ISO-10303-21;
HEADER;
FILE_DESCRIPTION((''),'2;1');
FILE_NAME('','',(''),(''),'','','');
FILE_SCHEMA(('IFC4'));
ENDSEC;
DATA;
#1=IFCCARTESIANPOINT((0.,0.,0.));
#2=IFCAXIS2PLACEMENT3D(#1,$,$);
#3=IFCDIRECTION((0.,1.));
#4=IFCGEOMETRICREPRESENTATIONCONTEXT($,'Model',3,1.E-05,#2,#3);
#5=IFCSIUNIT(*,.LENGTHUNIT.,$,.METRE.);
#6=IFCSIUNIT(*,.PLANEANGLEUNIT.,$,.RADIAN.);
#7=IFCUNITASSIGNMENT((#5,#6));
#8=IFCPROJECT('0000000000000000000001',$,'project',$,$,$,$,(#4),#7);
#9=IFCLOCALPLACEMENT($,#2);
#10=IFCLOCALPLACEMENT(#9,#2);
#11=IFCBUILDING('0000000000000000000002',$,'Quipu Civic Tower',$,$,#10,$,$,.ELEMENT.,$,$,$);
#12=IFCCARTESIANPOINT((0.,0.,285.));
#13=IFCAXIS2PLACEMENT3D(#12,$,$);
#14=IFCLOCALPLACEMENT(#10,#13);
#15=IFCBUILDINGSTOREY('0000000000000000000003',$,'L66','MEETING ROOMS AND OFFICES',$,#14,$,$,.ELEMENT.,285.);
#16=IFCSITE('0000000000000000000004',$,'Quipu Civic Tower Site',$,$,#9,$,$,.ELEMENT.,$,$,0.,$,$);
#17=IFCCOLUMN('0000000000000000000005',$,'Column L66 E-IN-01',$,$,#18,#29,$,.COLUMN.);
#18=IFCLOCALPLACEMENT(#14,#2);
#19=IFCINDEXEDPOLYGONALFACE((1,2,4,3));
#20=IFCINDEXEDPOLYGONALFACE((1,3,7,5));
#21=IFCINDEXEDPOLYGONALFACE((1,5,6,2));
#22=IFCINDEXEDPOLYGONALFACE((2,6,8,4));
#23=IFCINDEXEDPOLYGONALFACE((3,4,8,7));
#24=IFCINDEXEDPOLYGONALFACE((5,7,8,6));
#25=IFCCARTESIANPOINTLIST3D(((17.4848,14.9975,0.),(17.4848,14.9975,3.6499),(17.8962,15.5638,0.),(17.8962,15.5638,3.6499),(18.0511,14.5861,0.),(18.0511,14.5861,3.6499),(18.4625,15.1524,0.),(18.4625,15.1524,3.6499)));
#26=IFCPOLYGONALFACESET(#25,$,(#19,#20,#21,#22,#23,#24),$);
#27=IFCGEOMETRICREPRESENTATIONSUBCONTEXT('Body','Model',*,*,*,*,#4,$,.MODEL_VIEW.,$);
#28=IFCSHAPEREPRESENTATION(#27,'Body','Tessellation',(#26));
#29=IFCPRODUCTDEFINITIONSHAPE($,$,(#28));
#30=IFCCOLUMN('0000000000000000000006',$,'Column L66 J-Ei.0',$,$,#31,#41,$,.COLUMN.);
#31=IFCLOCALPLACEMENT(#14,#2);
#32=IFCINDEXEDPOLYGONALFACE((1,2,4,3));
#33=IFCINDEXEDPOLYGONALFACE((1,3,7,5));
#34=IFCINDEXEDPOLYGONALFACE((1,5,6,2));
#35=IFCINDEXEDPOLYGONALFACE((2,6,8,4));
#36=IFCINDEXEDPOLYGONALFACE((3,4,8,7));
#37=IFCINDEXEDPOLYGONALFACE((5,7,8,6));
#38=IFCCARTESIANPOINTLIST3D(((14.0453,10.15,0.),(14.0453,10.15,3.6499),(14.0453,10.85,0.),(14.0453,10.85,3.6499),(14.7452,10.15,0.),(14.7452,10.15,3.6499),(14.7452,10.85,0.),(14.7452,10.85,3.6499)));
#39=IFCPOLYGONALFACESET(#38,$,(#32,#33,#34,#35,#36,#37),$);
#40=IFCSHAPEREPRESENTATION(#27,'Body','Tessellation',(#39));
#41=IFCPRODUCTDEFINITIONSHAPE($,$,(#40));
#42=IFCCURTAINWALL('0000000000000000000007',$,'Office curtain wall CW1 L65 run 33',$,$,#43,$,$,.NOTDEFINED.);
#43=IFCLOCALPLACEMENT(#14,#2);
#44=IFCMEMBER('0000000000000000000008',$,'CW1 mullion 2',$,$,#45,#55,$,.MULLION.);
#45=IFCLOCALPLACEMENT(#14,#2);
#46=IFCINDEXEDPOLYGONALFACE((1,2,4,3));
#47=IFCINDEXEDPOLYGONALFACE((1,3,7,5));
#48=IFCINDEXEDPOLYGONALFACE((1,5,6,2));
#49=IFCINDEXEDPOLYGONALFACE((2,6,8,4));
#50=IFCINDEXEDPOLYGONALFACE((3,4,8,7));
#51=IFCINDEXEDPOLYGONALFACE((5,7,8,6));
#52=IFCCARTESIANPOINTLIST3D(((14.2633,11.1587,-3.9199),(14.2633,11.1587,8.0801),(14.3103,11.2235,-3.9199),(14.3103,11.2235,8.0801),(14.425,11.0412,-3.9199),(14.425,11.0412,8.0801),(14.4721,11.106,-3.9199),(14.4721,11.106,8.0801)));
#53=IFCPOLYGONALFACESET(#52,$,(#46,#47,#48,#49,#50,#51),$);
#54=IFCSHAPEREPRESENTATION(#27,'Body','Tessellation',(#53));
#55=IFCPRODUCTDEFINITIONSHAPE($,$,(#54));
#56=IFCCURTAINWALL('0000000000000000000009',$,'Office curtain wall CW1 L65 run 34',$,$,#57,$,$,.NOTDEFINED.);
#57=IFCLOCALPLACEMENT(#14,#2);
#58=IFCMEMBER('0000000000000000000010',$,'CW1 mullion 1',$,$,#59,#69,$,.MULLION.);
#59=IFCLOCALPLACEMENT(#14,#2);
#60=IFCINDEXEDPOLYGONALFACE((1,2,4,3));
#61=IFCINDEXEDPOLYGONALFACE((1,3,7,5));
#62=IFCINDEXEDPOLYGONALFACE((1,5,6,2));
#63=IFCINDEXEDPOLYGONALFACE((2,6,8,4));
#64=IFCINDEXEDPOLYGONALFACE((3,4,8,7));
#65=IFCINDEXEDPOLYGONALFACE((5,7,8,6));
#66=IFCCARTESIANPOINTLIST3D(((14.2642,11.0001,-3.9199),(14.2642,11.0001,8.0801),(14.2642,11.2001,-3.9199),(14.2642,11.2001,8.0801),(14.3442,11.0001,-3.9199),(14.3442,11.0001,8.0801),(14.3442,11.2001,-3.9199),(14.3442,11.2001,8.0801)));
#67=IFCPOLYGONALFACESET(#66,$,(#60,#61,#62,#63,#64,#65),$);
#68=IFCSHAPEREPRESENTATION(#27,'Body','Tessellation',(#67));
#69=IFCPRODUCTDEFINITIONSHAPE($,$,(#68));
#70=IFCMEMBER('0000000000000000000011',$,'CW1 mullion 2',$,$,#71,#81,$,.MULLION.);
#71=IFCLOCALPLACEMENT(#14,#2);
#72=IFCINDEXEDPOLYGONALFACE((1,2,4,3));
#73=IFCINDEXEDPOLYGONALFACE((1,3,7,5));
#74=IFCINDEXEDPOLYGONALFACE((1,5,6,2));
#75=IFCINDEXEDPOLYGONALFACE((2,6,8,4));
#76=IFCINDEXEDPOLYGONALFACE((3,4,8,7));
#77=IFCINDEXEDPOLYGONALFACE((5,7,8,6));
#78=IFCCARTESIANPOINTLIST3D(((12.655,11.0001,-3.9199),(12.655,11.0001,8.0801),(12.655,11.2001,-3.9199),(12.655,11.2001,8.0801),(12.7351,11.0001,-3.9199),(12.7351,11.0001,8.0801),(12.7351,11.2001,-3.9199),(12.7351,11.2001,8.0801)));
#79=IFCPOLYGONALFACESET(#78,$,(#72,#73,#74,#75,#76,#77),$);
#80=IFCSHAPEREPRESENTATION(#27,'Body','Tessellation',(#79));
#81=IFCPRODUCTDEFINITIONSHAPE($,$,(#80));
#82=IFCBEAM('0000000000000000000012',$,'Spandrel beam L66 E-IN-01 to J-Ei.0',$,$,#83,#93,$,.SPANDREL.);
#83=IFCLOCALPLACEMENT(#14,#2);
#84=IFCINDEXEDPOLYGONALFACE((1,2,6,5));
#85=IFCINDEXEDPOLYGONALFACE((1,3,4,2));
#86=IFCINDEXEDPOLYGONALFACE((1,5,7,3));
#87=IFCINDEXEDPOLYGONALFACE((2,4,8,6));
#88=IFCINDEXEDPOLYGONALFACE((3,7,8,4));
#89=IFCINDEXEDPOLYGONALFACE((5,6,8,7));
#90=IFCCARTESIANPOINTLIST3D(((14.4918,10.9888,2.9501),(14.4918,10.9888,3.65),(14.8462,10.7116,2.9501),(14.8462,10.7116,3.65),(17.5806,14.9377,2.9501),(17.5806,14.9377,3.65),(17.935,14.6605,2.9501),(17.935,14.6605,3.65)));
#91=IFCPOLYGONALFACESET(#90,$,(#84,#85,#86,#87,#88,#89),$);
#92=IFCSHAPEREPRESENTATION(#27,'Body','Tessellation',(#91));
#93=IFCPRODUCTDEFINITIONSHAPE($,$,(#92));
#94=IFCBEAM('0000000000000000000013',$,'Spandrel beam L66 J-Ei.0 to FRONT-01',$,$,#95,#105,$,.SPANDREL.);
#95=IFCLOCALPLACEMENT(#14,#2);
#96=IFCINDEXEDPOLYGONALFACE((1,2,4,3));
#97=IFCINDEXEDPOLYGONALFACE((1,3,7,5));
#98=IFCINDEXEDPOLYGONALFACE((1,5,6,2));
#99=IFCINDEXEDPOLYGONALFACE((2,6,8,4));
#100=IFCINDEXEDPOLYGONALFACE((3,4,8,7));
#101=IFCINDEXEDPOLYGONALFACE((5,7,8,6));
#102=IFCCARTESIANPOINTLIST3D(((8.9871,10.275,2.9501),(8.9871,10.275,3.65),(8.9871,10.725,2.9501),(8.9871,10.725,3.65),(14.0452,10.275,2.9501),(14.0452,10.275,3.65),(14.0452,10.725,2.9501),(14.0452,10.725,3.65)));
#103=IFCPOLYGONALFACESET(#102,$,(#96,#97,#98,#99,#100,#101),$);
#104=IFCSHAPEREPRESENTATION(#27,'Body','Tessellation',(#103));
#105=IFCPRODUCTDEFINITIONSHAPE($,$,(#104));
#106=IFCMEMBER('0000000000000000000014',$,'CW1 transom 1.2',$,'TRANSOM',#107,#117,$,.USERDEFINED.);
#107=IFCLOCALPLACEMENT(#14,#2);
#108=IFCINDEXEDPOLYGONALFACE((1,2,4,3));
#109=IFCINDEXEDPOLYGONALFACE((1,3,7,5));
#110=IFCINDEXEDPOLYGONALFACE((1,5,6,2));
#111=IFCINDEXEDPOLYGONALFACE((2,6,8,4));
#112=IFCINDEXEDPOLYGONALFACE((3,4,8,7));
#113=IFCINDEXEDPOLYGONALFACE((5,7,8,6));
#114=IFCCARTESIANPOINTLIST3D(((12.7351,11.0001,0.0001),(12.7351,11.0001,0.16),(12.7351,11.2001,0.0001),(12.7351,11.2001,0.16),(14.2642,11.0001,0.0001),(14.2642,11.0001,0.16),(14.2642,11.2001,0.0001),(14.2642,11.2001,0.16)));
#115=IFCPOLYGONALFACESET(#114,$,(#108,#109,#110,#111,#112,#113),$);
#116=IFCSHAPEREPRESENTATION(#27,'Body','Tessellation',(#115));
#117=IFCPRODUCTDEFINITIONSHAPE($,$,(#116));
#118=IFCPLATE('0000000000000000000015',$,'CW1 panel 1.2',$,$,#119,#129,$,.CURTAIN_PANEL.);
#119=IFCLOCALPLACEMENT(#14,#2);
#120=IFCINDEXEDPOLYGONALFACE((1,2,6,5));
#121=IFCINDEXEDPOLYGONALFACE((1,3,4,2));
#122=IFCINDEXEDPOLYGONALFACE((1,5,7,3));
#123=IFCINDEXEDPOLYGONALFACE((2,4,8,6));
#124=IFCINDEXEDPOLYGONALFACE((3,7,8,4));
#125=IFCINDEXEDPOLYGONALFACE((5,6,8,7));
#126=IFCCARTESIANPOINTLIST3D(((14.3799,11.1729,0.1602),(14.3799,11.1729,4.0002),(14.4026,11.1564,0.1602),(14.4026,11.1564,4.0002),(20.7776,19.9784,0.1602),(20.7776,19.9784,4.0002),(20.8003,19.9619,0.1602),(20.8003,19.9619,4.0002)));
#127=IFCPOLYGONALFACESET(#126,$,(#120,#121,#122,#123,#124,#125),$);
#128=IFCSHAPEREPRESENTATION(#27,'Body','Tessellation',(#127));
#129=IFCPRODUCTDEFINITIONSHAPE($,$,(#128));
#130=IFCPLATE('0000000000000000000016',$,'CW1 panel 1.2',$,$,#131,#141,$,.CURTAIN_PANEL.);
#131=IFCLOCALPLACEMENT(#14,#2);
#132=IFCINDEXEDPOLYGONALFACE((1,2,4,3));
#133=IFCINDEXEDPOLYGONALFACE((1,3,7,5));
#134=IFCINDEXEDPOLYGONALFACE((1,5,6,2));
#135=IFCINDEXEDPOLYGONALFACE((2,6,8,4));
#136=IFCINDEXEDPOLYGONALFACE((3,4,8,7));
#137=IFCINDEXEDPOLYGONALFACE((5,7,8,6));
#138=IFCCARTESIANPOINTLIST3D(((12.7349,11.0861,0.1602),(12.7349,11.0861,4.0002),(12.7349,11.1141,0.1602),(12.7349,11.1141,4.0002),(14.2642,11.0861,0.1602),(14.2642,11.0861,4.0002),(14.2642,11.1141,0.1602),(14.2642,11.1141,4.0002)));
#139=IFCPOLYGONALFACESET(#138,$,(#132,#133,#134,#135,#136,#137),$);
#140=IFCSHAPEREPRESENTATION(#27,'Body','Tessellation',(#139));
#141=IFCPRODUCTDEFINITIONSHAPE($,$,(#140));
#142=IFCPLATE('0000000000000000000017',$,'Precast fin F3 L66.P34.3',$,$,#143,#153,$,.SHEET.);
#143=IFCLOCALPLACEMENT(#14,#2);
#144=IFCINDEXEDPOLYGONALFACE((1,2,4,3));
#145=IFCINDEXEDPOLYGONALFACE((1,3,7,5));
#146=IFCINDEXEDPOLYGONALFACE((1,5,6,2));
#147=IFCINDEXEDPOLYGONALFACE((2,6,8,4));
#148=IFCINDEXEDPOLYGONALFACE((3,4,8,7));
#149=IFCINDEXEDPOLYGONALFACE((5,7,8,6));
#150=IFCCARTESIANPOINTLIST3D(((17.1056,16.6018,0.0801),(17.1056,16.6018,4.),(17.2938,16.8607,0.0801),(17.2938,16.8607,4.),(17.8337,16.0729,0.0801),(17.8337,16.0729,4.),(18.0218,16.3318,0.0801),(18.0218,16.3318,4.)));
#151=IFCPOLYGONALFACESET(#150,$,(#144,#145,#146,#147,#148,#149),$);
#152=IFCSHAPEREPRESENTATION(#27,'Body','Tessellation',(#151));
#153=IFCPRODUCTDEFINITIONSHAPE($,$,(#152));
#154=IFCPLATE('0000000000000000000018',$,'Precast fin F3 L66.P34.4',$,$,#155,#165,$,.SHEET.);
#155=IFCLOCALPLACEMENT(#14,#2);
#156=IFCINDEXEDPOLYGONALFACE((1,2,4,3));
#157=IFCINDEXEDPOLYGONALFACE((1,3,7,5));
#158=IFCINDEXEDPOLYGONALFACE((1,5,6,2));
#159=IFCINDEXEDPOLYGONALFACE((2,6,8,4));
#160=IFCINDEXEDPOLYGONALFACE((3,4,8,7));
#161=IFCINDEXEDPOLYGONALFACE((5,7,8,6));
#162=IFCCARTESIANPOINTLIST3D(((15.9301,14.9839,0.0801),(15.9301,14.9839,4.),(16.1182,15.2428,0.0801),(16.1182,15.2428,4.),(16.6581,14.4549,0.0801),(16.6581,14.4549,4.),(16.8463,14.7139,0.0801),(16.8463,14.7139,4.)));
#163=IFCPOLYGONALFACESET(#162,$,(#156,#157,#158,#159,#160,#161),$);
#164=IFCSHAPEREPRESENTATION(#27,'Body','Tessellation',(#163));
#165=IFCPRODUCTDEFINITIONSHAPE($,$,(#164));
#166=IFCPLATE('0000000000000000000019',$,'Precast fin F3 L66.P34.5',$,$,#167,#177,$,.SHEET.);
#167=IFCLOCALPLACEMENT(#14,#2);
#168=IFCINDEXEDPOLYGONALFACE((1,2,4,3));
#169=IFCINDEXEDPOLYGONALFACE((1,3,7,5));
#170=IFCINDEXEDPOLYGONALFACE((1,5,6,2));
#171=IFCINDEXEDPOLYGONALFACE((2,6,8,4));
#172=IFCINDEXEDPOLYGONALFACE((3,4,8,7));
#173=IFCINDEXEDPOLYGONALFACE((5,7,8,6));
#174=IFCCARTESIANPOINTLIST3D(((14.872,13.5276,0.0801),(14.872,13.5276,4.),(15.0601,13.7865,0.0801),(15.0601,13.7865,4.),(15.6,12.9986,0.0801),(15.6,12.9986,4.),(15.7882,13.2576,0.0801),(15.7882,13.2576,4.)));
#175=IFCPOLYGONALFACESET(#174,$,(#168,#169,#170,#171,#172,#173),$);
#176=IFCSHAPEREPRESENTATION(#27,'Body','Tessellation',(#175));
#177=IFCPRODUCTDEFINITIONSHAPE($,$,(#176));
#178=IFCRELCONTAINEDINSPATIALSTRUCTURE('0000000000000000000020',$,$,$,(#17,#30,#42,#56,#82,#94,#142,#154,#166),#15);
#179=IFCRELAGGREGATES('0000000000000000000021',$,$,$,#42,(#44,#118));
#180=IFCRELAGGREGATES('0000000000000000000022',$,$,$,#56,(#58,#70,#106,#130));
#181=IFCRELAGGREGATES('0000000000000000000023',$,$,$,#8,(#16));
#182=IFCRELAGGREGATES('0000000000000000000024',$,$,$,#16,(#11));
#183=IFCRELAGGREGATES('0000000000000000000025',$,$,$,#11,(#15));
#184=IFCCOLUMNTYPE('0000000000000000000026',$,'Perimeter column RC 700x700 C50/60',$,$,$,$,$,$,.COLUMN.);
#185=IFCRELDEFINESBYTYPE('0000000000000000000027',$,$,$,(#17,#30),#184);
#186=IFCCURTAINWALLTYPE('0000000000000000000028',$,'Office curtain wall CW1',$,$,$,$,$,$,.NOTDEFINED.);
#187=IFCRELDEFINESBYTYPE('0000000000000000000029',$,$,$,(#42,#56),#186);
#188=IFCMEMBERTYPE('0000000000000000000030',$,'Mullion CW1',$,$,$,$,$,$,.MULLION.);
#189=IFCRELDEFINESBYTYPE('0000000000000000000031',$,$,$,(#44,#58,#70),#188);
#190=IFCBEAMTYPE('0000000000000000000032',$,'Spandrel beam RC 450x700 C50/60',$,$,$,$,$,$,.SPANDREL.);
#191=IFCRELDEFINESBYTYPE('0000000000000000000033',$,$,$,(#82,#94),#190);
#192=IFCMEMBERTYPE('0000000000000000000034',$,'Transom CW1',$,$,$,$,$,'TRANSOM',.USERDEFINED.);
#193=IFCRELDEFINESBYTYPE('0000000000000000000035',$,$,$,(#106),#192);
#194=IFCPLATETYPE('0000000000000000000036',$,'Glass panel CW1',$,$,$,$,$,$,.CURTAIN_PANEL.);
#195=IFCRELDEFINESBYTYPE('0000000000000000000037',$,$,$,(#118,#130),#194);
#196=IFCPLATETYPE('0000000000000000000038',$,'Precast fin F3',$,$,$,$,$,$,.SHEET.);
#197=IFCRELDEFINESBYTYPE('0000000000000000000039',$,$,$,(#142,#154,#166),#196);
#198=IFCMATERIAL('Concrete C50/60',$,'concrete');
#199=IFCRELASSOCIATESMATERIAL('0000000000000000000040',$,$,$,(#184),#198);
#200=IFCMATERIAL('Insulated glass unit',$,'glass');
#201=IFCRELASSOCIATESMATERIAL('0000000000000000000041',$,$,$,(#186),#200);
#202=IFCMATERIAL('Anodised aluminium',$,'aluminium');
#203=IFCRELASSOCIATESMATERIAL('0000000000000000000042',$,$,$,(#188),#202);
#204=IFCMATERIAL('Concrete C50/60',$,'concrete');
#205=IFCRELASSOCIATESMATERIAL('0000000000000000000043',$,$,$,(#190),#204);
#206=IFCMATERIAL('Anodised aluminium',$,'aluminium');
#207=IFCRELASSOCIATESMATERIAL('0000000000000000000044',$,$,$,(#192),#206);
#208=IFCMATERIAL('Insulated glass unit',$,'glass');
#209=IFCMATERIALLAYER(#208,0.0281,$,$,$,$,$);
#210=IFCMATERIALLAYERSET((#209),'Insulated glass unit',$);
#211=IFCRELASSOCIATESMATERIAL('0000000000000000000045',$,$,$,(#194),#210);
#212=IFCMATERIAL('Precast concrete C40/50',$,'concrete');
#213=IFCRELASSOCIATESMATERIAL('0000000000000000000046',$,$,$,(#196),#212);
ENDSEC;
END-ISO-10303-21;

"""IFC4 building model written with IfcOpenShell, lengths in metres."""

from ifc_helpers import new_model, si_unit, direction, frame, origin, origin_2d, place, context, subcontext, project, spatial, rectangle, extrude, material, layer, layer_set, material_profile, profile_set, type_object, element, aggregate, save


model = new_model("IFC4")

# Units and contexts
model_context = context("Model", 3, precision=1e-05, world=origin(), true_north=direction((0.0, 1.0)))
body_context = subcontext(model_context, "Body", "Model", "MODEL_VIEW")
ifc_project = project(units=[si_unit("LENGTHUNIT", "METRE"), si_unit("PLANEANGLEUNIT", "RADIAN")], contexts=[model_context])

# Site, building, storey
site_placement = place(None, origin())
site = spatial("IfcSite", under=ifc_project, at=site_placement, Name="Quipu Civic Tower Site", CompositionType="ELEMENT", RefElevation=0.0)
building_placement = place(site_placement, origin())
building = spatial("IfcBuilding", under=site, at=building_placement, Name="Quipu Civic Tower", CompositionType="ELEMENT")
storey_placement = place(building_placement, frame((0.0, 0.0, 285.0)))
storey = spatial("IfcBuildingStorey", under=building, at=storey_placement, Name="L66", Description="MEETING ROOMS AND OFFICES", CompositionType="ELEMENT", Elevation=285.0)

# Columns
ifc_material_1 = material(Name="Concrete C50/60", Category="concrete")
ifc_material_profile_1 = material_profile(ifc_material_1, rectangle(XDim=0.7, YDim=0.7, at=origin_2d()), Name="RC700x700")
ifc_profile_set_1 = profile_set([ifc_material_profile_1], Name="Concrete C50/60")
column_type = type_object("IfcColumnType", Name="Perimeter column RC 700x700 C50/60", PredefinedType="COLUMN", material=ifc_profile_set_1)
for number, where, z_axis, x_axis, name in (
    (1, (17.9736, 15.075, 0.0), (0.0, 0.0, 1.0), (-0.587785, -0.809017, 0.0), "Column L66 E-IN-01"),
    (2, (14.3953, 10.5, 0.0), (0.0, 0.0, 1.0), (-1.0, 0.0, 0.0), "Column L66 J-Ei.0"),
):
    element("IfcColumn", number, at=place(storey_placement, frame(where, z_axis=z_axis, x_axis=x_axis)), inside=storey, type_object=column_type, Name=name, PredefinedType="COLUMN", context=body_context, shape_type="SweptSolid", body=[
        extrude(rectangle(XDim=0.7, YDim=0.7, at=origin_2d()), origin(), (0.0, 0.0, 1.0), 3.6499),
    ])

# Curtain wall, member
ifc_material_2 = material(Name="Insulated glass unit", Category="glass")
curtain_wall_type = type_object("IfcCurtainWallType", Name="Office curtain wall CW1", PredefinedType="NOTDEFINED", material=ifc_material_2)
curtain_wall_1_placement = place(storey_placement, origin())
curtain_wall_1 = element("IfcCurtainWall", 3, at=curtain_wall_1_placement, inside=storey, type_object=curtain_wall_type, Name="Office curtain wall CW1 L65 run 33", PredefinedType="NOTDEFINED")
ifc_material_3 = material(Name="Anodised aluminium", Category="aluminium")
ifc_material_profile_2 = material_profile(ifc_material_3, rectangle(XDim=0.2, YDim=0.0801, at=origin_2d()), Name="RECT 200x80")
ifc_profile_set_2 = profile_set([ifc_material_profile_2], Name="Anodised aluminium")
member_type_1 = type_object("IfcMemberType", Name="Mullion CW1", PredefinedType="MULLION", material=ifc_profile_set_2)
member_1_placement = place(storey_placement, frame((14.3677, 11.1323, -3.9199), z_axis=(0.0, 0.0, 1.0), x_axis=(0.809015, -0.587788, 0.0)))
member_1 = element("IfcMember", 4, at=member_1_placement, type_object=member_type_1, Name="CW1 mullion 2", PredefinedType="MULLION", context=body_context, shape_type="SweptSolid", body=[
    extrude(rectangle(XDim=0.2, YDim=0.0801, at=origin_2d()), origin(), (0.0, 0.0, 1.0), 12.0),
])

# Curtain wall, members
curtain_wall_2_placement = place(storey_placement, origin())
curtain_wall_2 = element("IfcCurtainWall", 5, at=curtain_wall_2_placement, inside=storey, type_object=curtain_wall_type, Name="Office curtain wall CW1 L65 run 34", PredefinedType="NOTDEFINED")
member_2_placement = place(storey_placement, frame((14.3042, 11.1001, -3.9199), z_axis=(0.0, 0.0, 1.0), x_axis=(0.0, -1.0, 0.0)))
member_2 = element("IfcMember", 6, at=member_2_placement, type_object=member_type_1, Name="CW1 mullion 1", PredefinedType="MULLION", context=body_context, shape_type="SweptSolid", body=[
    extrude(rectangle(XDim=0.2, YDim=0.0801, at=origin_2d()), origin(), (0.0, 0.0, 1.0), 12.0),
])
member_3_placement = place(storey_placement, frame((12.6951, 11.1001, -3.9199), z_axis=(0.0, 0.0, 1.0), x_axis=(0.0, -1.0, 0.0)))
member_3 = element("IfcMember", 7, at=member_3_placement, type_object=member_type_1, Name="CW1 mullion 2", PredefinedType="MULLION", context=body_context, shape_type="SweptSolid", body=[
    extrude(rectangle(XDim=0.2, YDim=0.0801, at=origin_2d()), origin(), (0.0, 0.0, 1.0), 12.0),
])

# Beams
ifc_material_4 = material(Name="Concrete C50/60", Category="concrete")
ifc_material_profile_3 = material_profile(ifc_material_4, rectangle(XDim=0.45, YDim=0.7, at=origin_2d()), Name="RC450x700")
ifc_profile_set_3 = profile_set([ifc_material_profile_3], Name="Concrete C50/60")
beam_type = type_object("IfcBeamType", Name="Spandrel beam RC 450x700 C50/60", PredefinedType="SPANDREL", material=ifc_profile_set_3)
beam_1_placement = place(storey_placement, frame((17.7578, 14.7991, 3.3), z_axis=(-0.616106, -0.787663, 0.0), x_axis=(0.787663, -0.616106, 0.0)))
element("IfcBeam", 8, at=beam_1_placement, inside=storey, type_object=beam_type, Name="Spandrel beam L66 E-IN-01 to J-Ei.0", PredefinedType="SPANDREL", context=body_context, shape_type="SweptSolid", body=[
    extrude(rectangle(XDim=0.45, YDim=0.7, at=origin_2d()), origin(), (0.0, 0.0, 1.0), 5.0134),
])
beam_2_placement = place(storey_placement, frame((14.0452, 10.5, 3.3), z_axis=(-1.0, 0.0, 0.0), x_axis=(0.0, -1.0, 0.0)))
element("IfcBeam", 9, at=beam_2_placement, inside=storey, type_object=beam_type, Name="Spandrel beam L66 J-Ei.0 to FRONT-01", PredefinedType="SPANDREL", context=body_context, shape_type="SweptSolid", body=[
    extrude(rectangle(XDim=0.45, YDim=0.7, at=origin_2d()), origin(), (0.0, 0.0, 1.0), 5.0581),
])

# Member
ifc_material_5 = material(Name="Anodised aluminium", Category="aluminium")
ifc_material_profile_4 = material_profile(ifc_material_5, rectangle(XDim=0.2, YDim=0.1599, at=origin_2d()), Name="RECT 200x160")
ifc_profile_set_4 = profile_set([ifc_material_profile_4], Name="Anodised aluminium")
member_type_2 = type_object("IfcMemberType", Name="Transom CW1", ElementType="TRANSOM", PredefinedType="USERDEFINED", material=ifc_profile_set_4)
member_4_placement = place(storey_placement, frame((14.2642, 11.1001, 0.0801), z_axis=(-1.0, 0.0, 0.0), x_axis=(0.0, -1.0, 0.0)))
member_4 = element("IfcMember", 10, at=member_4_placement, type_object=member_type_2, Name="CW1 transom 1.2", ObjectType="TRANSOM", PredefinedType="USERDEFINED", context=body_context, shape_type="SweptSolid", body=[
    extrude(rectangle(XDim=0.2, YDim=0.1599, at=origin_2d()), origin(), (0.0, 0.0, 1.0), 1.5291),
])

# Plates
ifc_material_6 = material(Name="Insulated glass unit", Category="glass")
ifc_layer_1 = layer(ifc_material_6, 0.0281)
ifc_layer_set_1 = layer_set([ifc_layer_1], Name="Insulated glass unit")
plate_type_1 = type_object("IfcPlateType", Name="Glass panel CW1", PredefinedType="CURTAIN_PANEL", material=ifc_layer_set_1)
plate_1_placement = place(storey_placement, frame((17.5901, 15.5674, 0.1602), z_axis=(0.0, 0.0, 1.0), x_axis=(-0.587788, -0.809015, 0.0)))
plate_1 = element("IfcPlate", 11, at=plate_1_placement, type_object=plate_type_1, Name="CW1 panel 1.2", PredefinedType="CURTAIN_PANEL", context=body_context, shape_type="SweptSolid", body=[
    extrude(rectangle(XDim=10.8843, YDim=0.0281, at=origin_2d()), origin(), (0.0, 0.0, 1.0), 3.8401),
])
aggregate(curtain_wall_1, [member_1, plate_1])
plate_2_placement = place(storey_placement, frame((13.4995, 11.1001, 0.1602), z_axis=(0.0, 0.0, 1.0), x_axis=(-1.0, 0.0, 0.0)))
plate_2 = element("IfcPlate", 12, at=plate_2_placement, type_object=plate_type_1, Name="CW1 panel 1.2", PredefinedType="CURTAIN_PANEL", context=body_context, shape_type="SweptSolid", body=[
    extrude(rectangle(XDim=1.5293, YDim=0.0281, at=origin_2d()), origin(), (0.0, 0.0, 1.0), 3.8401),
])
aggregate(curtain_wall_2, [member_2, member_3, member_4, plate_2])

# Plates
ifc_material_7 = material(Name="Precast concrete C40/50", Category="concrete")
plate_type_2 = type_object("IfcPlateType", Name="Precast fin F3", PredefinedType="SHEET", material=ifc_material_7)
for number, where, z_axis, x_axis, name in (
    (13, (17.5637, 16.4668, 0.0801), (0.0, 0.0, 1.0), (-0.587784, -0.809018, 0.0), "Precast fin F3 L66.P34.3"),
    (14, (16.3882, 14.8489, 0.0801), (0.0, 0.0, 1.0), (-0.587784, -0.809018, 0.0), "Precast fin F3 L66.P34.4"),
    (15, (15.3301, 13.3926, 0.0801), (0.0, 0.0, 1.0), (-0.587784, -0.809018, 0.0), "Precast fin F3 L66.P34.5"),
):
    element("IfcPlate", number, at=place(storey_placement, frame(where, z_axis=z_axis, x_axis=x_axis)), inside=storey, type_object=plate_type_2, Name=name, PredefinedType="SHEET", context=body_context, shape_type="SweptSolid", body=[
        extrude(rectangle(XDim=0.3201, YDim=0.8999, at=origin_2d()), origin(), (0.0, 0.0, 1.0), 3.9199),
    ])

save(model, "model.ifc")
